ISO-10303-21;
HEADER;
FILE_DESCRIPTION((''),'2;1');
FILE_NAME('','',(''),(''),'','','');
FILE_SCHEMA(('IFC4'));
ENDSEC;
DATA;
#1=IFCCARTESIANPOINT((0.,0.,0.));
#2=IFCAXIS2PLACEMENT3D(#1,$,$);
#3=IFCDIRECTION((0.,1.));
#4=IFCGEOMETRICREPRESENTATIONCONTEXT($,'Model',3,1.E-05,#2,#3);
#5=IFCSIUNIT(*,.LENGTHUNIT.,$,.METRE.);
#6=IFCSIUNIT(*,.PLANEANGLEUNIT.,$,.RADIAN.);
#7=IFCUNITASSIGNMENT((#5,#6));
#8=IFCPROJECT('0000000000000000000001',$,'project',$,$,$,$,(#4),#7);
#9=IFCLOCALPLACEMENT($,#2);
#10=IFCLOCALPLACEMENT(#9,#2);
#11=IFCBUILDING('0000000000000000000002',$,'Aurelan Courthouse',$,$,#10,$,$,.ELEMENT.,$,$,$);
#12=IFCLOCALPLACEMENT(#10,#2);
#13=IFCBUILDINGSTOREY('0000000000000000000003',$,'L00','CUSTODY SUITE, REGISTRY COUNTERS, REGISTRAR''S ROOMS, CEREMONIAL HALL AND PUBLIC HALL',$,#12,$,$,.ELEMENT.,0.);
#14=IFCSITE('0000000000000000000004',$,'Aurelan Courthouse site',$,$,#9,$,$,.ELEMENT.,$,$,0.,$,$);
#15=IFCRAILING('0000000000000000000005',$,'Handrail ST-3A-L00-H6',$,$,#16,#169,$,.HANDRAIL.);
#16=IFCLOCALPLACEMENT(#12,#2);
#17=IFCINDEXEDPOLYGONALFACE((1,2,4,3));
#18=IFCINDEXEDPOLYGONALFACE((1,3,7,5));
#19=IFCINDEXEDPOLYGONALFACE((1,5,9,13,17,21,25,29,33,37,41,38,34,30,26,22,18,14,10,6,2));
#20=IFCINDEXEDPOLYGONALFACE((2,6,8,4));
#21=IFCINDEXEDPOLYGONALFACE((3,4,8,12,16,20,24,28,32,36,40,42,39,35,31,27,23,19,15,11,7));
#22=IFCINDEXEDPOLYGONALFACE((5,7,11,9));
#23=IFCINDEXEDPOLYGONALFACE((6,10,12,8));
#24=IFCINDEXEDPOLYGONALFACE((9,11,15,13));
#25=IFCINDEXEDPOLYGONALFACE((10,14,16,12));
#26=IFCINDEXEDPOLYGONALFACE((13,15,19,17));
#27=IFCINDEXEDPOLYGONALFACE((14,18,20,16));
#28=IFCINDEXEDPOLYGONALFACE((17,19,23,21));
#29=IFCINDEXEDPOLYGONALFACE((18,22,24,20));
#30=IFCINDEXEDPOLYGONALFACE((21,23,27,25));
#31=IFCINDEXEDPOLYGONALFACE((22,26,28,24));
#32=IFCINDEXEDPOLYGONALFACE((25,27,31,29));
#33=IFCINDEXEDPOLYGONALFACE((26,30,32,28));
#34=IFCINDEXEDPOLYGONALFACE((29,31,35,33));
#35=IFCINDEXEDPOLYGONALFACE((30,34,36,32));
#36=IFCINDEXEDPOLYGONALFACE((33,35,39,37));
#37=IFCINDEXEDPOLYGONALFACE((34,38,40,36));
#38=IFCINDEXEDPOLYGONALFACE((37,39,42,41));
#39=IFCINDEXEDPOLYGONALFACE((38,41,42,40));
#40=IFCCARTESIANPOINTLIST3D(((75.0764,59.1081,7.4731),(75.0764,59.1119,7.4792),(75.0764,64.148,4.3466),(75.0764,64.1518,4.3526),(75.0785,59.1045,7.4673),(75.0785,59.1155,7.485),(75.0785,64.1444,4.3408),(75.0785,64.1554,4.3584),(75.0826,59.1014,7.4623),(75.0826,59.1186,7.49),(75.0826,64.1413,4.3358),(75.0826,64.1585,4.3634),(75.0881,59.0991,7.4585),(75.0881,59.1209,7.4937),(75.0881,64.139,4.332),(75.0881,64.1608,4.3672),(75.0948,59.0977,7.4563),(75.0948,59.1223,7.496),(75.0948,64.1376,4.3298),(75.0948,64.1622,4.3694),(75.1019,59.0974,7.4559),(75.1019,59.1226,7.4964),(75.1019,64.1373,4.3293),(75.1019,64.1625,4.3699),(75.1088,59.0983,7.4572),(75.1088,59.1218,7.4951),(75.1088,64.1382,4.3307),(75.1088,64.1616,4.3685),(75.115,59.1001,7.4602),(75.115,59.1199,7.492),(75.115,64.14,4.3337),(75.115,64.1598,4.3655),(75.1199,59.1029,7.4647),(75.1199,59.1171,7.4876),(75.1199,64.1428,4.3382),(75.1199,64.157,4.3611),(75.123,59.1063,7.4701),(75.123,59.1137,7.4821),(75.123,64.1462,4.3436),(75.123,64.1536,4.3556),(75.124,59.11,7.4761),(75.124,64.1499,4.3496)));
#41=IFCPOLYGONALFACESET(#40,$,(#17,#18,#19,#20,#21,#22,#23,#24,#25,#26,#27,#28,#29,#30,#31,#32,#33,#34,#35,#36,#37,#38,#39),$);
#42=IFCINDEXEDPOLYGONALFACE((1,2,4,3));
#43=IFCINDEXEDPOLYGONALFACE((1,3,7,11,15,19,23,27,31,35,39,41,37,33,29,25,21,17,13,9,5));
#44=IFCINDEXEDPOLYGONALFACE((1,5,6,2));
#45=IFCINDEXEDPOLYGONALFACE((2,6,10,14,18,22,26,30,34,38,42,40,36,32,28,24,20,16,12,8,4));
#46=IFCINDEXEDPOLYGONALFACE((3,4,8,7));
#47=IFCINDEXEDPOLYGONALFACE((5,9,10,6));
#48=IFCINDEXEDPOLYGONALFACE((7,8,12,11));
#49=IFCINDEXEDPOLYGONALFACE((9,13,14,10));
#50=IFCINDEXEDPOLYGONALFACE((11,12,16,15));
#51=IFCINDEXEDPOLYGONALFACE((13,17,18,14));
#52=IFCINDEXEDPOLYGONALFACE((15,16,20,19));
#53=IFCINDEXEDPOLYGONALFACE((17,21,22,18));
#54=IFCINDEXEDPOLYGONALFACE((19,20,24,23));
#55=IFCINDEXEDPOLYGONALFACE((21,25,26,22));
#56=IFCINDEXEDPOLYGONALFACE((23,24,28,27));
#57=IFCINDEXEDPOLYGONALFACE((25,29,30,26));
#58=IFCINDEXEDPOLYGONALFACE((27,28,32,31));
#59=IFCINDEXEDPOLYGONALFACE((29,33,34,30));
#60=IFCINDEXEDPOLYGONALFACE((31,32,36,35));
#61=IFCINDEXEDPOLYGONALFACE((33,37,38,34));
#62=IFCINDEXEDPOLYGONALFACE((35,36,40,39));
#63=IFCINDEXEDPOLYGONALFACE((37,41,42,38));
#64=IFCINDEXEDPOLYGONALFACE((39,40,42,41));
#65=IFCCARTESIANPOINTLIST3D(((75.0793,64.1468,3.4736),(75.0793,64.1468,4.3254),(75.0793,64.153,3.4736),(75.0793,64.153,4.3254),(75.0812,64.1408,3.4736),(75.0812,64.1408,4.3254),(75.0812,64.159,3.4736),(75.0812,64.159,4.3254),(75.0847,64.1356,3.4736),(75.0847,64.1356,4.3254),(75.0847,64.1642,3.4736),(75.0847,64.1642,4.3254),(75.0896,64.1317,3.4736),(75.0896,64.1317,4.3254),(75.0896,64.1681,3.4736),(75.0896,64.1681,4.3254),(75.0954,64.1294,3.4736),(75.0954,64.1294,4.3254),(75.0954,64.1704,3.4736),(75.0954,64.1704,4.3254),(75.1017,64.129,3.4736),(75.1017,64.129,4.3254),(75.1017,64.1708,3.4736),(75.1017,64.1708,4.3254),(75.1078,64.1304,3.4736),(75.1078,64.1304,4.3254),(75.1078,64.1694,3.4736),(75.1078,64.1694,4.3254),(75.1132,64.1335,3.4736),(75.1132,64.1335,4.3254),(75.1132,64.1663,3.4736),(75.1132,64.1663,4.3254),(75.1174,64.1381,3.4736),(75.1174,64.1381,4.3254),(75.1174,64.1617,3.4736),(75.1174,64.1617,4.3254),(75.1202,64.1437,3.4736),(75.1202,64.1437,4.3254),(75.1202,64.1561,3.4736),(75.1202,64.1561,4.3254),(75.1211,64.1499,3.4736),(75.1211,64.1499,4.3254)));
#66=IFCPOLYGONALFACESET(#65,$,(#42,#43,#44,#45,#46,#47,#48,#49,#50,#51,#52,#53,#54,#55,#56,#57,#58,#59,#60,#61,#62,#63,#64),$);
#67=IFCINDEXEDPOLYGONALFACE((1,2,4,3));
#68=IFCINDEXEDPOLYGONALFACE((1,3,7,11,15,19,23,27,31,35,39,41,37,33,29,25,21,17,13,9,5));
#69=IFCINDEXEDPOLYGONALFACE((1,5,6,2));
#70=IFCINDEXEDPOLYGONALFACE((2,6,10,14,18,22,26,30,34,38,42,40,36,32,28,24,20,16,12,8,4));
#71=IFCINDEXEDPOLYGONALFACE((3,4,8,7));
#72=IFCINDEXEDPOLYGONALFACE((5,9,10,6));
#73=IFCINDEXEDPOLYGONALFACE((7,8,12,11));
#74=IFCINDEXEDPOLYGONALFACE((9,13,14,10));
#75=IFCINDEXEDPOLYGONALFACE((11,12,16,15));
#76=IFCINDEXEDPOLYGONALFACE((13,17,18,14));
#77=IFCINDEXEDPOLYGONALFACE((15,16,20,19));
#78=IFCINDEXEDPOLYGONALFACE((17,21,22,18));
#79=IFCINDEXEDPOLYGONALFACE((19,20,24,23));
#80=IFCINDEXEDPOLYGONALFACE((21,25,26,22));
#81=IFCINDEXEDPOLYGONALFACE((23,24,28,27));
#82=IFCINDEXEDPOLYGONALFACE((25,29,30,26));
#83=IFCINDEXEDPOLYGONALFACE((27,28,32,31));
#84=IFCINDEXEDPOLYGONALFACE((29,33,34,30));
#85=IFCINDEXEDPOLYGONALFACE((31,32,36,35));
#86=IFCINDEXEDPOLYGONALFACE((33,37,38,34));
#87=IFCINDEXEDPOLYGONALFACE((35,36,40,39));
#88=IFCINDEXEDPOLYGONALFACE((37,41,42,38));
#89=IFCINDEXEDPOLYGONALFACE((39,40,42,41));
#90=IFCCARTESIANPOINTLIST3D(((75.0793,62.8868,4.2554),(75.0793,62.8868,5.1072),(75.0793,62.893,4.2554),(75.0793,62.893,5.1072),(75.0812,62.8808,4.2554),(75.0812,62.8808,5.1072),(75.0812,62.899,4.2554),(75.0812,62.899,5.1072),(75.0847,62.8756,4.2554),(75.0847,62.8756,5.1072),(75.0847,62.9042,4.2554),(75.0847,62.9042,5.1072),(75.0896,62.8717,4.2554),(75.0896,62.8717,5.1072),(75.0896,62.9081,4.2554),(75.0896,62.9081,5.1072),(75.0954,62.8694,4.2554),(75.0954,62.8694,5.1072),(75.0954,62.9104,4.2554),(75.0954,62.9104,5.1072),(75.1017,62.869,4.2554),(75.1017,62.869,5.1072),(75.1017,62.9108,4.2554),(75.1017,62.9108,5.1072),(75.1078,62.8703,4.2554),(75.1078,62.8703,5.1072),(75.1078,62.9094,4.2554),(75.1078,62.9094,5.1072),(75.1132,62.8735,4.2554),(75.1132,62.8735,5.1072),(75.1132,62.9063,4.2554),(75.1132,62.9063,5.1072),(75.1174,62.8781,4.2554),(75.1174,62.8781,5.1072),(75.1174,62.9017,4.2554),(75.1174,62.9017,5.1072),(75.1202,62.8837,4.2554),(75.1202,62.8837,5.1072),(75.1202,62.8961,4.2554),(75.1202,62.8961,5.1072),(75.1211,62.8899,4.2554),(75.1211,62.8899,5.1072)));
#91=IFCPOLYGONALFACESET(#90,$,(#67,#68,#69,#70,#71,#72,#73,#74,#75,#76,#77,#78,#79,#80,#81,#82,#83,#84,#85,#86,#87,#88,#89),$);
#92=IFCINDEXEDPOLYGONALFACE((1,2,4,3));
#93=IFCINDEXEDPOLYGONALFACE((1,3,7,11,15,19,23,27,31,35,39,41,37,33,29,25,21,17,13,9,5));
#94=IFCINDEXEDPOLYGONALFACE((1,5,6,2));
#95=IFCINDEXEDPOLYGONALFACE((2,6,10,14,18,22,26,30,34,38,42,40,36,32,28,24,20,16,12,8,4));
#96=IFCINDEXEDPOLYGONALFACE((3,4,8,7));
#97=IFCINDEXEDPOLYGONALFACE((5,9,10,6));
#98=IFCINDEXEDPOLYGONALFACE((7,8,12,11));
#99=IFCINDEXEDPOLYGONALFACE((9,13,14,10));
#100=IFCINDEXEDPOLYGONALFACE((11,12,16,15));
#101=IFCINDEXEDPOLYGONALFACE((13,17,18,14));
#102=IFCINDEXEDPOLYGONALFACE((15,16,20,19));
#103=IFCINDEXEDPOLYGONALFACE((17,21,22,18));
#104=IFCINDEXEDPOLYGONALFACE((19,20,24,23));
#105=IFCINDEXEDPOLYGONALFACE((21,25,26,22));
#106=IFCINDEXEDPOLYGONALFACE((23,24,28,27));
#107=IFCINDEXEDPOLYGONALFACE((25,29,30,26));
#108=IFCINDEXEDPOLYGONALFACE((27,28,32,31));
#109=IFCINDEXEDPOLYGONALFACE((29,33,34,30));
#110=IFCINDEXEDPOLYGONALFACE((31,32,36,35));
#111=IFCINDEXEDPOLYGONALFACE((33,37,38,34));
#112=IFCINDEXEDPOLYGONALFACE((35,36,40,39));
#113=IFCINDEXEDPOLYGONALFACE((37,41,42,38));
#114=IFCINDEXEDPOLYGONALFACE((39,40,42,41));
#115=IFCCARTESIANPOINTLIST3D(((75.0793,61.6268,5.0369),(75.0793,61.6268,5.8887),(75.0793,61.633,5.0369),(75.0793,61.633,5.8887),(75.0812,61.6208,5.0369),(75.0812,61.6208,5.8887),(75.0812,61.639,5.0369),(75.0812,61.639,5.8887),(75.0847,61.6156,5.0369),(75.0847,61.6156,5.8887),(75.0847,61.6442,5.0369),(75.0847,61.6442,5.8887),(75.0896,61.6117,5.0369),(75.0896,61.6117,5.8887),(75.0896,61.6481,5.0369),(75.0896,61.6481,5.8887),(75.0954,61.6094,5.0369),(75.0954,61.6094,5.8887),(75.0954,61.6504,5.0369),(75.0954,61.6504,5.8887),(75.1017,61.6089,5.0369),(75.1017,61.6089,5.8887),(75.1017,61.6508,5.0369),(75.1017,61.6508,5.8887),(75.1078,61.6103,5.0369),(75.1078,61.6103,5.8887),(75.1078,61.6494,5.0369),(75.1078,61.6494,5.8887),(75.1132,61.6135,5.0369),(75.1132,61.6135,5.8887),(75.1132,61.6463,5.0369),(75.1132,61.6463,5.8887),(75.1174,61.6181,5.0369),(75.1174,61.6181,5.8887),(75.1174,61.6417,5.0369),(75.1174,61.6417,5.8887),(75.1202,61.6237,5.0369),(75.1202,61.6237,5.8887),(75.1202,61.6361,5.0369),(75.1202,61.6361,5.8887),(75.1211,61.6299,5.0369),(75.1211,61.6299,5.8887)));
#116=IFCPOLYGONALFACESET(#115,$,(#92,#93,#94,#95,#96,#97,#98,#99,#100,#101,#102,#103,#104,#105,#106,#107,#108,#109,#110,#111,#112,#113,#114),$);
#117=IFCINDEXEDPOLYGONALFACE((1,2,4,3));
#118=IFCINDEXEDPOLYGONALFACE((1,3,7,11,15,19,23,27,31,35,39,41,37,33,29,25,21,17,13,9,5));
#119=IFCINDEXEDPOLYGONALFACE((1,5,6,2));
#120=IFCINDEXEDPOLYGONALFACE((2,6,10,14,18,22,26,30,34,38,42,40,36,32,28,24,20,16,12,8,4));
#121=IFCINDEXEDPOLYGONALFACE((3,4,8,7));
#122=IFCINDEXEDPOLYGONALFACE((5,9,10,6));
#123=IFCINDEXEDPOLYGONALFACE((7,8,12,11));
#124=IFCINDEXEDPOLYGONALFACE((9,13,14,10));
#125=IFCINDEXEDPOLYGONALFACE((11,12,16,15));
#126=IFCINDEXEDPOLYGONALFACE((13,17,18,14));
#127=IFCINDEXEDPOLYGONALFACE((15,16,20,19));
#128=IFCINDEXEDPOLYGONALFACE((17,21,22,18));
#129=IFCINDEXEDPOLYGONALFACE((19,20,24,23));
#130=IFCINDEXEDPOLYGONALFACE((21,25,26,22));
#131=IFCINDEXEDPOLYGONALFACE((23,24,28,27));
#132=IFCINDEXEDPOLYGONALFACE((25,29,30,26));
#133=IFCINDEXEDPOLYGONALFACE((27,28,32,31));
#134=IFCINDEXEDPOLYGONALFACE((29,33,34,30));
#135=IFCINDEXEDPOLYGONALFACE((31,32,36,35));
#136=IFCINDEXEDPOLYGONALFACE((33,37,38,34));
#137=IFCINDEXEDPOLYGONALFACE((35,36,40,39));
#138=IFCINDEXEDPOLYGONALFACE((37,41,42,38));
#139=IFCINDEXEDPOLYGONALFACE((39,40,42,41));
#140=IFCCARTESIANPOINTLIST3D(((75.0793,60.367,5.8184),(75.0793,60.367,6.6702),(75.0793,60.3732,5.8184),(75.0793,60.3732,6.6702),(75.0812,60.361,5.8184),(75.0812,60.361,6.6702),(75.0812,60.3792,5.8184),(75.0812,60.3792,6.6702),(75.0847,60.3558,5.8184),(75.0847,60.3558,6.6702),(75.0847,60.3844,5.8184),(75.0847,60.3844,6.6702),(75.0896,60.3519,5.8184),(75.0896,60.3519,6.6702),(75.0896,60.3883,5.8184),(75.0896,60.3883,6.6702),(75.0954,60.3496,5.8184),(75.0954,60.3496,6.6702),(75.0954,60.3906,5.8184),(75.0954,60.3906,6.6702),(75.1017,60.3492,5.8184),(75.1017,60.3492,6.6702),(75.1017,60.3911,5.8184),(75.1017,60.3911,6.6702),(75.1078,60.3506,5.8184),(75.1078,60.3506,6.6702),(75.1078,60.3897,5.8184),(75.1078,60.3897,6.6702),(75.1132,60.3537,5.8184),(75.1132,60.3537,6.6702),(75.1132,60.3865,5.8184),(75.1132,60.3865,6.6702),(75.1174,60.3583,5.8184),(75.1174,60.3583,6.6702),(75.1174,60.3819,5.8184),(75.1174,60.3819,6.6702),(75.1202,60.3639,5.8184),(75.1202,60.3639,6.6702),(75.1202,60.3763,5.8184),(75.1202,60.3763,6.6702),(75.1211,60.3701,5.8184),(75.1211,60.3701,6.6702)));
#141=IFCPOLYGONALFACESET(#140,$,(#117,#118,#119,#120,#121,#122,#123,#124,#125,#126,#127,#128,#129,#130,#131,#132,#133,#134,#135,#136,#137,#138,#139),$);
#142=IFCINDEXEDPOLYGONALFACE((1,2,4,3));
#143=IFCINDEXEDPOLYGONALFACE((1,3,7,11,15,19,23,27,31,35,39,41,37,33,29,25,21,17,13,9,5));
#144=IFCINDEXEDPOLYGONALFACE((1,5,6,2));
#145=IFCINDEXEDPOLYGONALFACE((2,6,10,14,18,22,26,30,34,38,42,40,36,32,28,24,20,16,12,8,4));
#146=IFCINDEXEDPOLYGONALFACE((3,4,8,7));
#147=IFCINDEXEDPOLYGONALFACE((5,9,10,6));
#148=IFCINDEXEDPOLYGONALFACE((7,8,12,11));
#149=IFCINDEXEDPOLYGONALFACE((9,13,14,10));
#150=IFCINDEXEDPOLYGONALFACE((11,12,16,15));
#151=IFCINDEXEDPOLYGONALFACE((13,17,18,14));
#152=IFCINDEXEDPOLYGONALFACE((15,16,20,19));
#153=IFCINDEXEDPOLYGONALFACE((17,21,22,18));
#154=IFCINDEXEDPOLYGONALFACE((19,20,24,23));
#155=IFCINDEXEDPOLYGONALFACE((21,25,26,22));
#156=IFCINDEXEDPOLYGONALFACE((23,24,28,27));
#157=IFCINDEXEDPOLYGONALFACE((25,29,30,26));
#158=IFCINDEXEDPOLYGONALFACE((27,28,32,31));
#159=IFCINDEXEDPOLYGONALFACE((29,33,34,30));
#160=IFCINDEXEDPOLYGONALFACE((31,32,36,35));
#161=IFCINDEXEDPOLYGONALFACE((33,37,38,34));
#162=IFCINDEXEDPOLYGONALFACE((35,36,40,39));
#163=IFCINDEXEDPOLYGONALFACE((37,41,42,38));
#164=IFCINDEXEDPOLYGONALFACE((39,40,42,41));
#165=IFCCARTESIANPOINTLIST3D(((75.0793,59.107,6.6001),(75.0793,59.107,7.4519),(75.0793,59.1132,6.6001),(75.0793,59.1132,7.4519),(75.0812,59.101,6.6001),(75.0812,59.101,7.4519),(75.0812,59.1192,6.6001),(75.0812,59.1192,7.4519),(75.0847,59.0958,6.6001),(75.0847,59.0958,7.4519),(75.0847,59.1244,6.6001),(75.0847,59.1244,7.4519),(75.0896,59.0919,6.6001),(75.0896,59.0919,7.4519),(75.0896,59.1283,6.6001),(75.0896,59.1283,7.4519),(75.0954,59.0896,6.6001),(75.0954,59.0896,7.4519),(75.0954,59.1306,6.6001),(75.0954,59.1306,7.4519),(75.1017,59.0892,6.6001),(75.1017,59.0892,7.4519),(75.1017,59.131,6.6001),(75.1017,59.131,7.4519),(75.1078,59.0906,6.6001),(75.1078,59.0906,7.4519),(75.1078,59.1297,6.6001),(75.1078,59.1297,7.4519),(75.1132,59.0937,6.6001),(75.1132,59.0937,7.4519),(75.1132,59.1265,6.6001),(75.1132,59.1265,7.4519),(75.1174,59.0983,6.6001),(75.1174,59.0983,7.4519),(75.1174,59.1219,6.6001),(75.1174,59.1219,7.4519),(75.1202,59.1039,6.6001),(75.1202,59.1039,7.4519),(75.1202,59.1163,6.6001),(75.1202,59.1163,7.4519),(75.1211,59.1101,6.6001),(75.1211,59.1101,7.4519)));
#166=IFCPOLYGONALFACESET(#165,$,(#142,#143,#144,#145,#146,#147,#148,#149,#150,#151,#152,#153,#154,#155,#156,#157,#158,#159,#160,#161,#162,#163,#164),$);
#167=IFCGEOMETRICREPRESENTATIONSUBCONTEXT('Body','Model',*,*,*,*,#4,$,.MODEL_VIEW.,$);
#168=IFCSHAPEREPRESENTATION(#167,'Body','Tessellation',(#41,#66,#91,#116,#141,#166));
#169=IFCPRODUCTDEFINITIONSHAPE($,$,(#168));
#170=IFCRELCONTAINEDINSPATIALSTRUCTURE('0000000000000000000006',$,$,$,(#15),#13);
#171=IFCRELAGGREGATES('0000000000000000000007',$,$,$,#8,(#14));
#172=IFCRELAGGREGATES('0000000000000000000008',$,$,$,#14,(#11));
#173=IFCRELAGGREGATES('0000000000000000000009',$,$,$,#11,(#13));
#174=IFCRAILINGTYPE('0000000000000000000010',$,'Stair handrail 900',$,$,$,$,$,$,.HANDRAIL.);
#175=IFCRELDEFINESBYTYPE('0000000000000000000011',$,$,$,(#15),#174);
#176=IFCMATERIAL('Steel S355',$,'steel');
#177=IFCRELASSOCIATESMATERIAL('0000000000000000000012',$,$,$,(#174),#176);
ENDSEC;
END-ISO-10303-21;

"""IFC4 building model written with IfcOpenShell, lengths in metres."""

from ifc_helpers import new_model, si_unit, direction, frame, origin, origin_2d, place, context, subcontext, project, spatial, circle, extrude, material, type_object, element, save


model = new_model("IFC4")

# Units and contexts
model_context = context("Model", 3, precision=1e-05, world=origin(), true_north=direction((0.0, 1.0)))
body_context = subcontext(model_context, "Body", "Model", "MODEL_VIEW")
ifc_project = project(units=[si_unit("LENGTHUNIT", "METRE"), si_unit("PLANEANGLEUNIT", "RADIAN")], contexts=[model_context])

# Site, building, storey
site_placement = place(None, origin())
site = spatial("IfcSite", under=ifc_project, at=site_placement, Name="Aurelan Courthouse site", CompositionType="ELEMENT", RefElevation=0.0)
building_placement = place(site_placement, origin())
building = spatial("IfcBuilding", under=site, at=building_placement, Name="Aurelan Courthouse", CompositionType="ELEMENT")
storey_placement = place(building_placement, origin())
storey = spatial("IfcBuildingStorey", under=building, at=storey_placement, Name="L00", Description="CUSTODY SUITE, REGISTRY COUNTERS, REGISTRAR'S ROOMS, CEREMONIAL HALL AND PUBLIC HALL", CompositionType="ELEMENT", Elevation=0.0)

# Railing
ifc_material_1 = material(Name="Steel S355", Category="steel")
railing_type_1 = type_object("IfcRailingType", Name="Stair handrail 900", PredefinedType="HANDRAIL", material=ifc_material_1)
for number, where, name in (
    (1, (75.1001, 64.1499, 3.4736), "Handrail ST-3A-L00-H6"),
):
    element("IfcRailing", number, at=place(storey_placement, frame(where)), inside=storey, type_object=railing_type_1, Name=name, PredefinedType="HANDRAIL", context=body_context, shape_type="SweptSolid", body=[
        extrude(circle(Radius=0.0239, at=origin_2d()), frame((0.0, 0.0, 0.876), z_axis=(0.0, -0.849767, 0.527158), x_axis=(1.0, 0.0, 0.0)), (0.0, 0.0, 1.0), 5.9309),
        extrude(circle(Radius=0.021, at=origin_2d()), origin(), (0.0, 0.0, 1.0), 0.8518),
        extrude(circle(Radius=0.021, at=origin_2d()), frame((0.0, -1.26, 0.7817)), (0.0, 0.0, 1.0), 0.8518),
        extrude(circle(Radius=0.021, at=origin_2d()), frame((0.0, -2.52, 1.5632)), (0.0, 0.0, 1.0), 0.8518),
        extrude(circle(Radius=0.021, at=origin_2d()), frame((0.0, -3.7798, 2.3447)), (0.0, 0.0, 1.0), 0.8518),
        extrude(circle(Radius=0.021, at=origin_2d()), frame((0.0, -5.0398, 3.1265)), (0.0, 0.0, 1.0), 0.8518),
    ])

save(model, "model.ifc")
